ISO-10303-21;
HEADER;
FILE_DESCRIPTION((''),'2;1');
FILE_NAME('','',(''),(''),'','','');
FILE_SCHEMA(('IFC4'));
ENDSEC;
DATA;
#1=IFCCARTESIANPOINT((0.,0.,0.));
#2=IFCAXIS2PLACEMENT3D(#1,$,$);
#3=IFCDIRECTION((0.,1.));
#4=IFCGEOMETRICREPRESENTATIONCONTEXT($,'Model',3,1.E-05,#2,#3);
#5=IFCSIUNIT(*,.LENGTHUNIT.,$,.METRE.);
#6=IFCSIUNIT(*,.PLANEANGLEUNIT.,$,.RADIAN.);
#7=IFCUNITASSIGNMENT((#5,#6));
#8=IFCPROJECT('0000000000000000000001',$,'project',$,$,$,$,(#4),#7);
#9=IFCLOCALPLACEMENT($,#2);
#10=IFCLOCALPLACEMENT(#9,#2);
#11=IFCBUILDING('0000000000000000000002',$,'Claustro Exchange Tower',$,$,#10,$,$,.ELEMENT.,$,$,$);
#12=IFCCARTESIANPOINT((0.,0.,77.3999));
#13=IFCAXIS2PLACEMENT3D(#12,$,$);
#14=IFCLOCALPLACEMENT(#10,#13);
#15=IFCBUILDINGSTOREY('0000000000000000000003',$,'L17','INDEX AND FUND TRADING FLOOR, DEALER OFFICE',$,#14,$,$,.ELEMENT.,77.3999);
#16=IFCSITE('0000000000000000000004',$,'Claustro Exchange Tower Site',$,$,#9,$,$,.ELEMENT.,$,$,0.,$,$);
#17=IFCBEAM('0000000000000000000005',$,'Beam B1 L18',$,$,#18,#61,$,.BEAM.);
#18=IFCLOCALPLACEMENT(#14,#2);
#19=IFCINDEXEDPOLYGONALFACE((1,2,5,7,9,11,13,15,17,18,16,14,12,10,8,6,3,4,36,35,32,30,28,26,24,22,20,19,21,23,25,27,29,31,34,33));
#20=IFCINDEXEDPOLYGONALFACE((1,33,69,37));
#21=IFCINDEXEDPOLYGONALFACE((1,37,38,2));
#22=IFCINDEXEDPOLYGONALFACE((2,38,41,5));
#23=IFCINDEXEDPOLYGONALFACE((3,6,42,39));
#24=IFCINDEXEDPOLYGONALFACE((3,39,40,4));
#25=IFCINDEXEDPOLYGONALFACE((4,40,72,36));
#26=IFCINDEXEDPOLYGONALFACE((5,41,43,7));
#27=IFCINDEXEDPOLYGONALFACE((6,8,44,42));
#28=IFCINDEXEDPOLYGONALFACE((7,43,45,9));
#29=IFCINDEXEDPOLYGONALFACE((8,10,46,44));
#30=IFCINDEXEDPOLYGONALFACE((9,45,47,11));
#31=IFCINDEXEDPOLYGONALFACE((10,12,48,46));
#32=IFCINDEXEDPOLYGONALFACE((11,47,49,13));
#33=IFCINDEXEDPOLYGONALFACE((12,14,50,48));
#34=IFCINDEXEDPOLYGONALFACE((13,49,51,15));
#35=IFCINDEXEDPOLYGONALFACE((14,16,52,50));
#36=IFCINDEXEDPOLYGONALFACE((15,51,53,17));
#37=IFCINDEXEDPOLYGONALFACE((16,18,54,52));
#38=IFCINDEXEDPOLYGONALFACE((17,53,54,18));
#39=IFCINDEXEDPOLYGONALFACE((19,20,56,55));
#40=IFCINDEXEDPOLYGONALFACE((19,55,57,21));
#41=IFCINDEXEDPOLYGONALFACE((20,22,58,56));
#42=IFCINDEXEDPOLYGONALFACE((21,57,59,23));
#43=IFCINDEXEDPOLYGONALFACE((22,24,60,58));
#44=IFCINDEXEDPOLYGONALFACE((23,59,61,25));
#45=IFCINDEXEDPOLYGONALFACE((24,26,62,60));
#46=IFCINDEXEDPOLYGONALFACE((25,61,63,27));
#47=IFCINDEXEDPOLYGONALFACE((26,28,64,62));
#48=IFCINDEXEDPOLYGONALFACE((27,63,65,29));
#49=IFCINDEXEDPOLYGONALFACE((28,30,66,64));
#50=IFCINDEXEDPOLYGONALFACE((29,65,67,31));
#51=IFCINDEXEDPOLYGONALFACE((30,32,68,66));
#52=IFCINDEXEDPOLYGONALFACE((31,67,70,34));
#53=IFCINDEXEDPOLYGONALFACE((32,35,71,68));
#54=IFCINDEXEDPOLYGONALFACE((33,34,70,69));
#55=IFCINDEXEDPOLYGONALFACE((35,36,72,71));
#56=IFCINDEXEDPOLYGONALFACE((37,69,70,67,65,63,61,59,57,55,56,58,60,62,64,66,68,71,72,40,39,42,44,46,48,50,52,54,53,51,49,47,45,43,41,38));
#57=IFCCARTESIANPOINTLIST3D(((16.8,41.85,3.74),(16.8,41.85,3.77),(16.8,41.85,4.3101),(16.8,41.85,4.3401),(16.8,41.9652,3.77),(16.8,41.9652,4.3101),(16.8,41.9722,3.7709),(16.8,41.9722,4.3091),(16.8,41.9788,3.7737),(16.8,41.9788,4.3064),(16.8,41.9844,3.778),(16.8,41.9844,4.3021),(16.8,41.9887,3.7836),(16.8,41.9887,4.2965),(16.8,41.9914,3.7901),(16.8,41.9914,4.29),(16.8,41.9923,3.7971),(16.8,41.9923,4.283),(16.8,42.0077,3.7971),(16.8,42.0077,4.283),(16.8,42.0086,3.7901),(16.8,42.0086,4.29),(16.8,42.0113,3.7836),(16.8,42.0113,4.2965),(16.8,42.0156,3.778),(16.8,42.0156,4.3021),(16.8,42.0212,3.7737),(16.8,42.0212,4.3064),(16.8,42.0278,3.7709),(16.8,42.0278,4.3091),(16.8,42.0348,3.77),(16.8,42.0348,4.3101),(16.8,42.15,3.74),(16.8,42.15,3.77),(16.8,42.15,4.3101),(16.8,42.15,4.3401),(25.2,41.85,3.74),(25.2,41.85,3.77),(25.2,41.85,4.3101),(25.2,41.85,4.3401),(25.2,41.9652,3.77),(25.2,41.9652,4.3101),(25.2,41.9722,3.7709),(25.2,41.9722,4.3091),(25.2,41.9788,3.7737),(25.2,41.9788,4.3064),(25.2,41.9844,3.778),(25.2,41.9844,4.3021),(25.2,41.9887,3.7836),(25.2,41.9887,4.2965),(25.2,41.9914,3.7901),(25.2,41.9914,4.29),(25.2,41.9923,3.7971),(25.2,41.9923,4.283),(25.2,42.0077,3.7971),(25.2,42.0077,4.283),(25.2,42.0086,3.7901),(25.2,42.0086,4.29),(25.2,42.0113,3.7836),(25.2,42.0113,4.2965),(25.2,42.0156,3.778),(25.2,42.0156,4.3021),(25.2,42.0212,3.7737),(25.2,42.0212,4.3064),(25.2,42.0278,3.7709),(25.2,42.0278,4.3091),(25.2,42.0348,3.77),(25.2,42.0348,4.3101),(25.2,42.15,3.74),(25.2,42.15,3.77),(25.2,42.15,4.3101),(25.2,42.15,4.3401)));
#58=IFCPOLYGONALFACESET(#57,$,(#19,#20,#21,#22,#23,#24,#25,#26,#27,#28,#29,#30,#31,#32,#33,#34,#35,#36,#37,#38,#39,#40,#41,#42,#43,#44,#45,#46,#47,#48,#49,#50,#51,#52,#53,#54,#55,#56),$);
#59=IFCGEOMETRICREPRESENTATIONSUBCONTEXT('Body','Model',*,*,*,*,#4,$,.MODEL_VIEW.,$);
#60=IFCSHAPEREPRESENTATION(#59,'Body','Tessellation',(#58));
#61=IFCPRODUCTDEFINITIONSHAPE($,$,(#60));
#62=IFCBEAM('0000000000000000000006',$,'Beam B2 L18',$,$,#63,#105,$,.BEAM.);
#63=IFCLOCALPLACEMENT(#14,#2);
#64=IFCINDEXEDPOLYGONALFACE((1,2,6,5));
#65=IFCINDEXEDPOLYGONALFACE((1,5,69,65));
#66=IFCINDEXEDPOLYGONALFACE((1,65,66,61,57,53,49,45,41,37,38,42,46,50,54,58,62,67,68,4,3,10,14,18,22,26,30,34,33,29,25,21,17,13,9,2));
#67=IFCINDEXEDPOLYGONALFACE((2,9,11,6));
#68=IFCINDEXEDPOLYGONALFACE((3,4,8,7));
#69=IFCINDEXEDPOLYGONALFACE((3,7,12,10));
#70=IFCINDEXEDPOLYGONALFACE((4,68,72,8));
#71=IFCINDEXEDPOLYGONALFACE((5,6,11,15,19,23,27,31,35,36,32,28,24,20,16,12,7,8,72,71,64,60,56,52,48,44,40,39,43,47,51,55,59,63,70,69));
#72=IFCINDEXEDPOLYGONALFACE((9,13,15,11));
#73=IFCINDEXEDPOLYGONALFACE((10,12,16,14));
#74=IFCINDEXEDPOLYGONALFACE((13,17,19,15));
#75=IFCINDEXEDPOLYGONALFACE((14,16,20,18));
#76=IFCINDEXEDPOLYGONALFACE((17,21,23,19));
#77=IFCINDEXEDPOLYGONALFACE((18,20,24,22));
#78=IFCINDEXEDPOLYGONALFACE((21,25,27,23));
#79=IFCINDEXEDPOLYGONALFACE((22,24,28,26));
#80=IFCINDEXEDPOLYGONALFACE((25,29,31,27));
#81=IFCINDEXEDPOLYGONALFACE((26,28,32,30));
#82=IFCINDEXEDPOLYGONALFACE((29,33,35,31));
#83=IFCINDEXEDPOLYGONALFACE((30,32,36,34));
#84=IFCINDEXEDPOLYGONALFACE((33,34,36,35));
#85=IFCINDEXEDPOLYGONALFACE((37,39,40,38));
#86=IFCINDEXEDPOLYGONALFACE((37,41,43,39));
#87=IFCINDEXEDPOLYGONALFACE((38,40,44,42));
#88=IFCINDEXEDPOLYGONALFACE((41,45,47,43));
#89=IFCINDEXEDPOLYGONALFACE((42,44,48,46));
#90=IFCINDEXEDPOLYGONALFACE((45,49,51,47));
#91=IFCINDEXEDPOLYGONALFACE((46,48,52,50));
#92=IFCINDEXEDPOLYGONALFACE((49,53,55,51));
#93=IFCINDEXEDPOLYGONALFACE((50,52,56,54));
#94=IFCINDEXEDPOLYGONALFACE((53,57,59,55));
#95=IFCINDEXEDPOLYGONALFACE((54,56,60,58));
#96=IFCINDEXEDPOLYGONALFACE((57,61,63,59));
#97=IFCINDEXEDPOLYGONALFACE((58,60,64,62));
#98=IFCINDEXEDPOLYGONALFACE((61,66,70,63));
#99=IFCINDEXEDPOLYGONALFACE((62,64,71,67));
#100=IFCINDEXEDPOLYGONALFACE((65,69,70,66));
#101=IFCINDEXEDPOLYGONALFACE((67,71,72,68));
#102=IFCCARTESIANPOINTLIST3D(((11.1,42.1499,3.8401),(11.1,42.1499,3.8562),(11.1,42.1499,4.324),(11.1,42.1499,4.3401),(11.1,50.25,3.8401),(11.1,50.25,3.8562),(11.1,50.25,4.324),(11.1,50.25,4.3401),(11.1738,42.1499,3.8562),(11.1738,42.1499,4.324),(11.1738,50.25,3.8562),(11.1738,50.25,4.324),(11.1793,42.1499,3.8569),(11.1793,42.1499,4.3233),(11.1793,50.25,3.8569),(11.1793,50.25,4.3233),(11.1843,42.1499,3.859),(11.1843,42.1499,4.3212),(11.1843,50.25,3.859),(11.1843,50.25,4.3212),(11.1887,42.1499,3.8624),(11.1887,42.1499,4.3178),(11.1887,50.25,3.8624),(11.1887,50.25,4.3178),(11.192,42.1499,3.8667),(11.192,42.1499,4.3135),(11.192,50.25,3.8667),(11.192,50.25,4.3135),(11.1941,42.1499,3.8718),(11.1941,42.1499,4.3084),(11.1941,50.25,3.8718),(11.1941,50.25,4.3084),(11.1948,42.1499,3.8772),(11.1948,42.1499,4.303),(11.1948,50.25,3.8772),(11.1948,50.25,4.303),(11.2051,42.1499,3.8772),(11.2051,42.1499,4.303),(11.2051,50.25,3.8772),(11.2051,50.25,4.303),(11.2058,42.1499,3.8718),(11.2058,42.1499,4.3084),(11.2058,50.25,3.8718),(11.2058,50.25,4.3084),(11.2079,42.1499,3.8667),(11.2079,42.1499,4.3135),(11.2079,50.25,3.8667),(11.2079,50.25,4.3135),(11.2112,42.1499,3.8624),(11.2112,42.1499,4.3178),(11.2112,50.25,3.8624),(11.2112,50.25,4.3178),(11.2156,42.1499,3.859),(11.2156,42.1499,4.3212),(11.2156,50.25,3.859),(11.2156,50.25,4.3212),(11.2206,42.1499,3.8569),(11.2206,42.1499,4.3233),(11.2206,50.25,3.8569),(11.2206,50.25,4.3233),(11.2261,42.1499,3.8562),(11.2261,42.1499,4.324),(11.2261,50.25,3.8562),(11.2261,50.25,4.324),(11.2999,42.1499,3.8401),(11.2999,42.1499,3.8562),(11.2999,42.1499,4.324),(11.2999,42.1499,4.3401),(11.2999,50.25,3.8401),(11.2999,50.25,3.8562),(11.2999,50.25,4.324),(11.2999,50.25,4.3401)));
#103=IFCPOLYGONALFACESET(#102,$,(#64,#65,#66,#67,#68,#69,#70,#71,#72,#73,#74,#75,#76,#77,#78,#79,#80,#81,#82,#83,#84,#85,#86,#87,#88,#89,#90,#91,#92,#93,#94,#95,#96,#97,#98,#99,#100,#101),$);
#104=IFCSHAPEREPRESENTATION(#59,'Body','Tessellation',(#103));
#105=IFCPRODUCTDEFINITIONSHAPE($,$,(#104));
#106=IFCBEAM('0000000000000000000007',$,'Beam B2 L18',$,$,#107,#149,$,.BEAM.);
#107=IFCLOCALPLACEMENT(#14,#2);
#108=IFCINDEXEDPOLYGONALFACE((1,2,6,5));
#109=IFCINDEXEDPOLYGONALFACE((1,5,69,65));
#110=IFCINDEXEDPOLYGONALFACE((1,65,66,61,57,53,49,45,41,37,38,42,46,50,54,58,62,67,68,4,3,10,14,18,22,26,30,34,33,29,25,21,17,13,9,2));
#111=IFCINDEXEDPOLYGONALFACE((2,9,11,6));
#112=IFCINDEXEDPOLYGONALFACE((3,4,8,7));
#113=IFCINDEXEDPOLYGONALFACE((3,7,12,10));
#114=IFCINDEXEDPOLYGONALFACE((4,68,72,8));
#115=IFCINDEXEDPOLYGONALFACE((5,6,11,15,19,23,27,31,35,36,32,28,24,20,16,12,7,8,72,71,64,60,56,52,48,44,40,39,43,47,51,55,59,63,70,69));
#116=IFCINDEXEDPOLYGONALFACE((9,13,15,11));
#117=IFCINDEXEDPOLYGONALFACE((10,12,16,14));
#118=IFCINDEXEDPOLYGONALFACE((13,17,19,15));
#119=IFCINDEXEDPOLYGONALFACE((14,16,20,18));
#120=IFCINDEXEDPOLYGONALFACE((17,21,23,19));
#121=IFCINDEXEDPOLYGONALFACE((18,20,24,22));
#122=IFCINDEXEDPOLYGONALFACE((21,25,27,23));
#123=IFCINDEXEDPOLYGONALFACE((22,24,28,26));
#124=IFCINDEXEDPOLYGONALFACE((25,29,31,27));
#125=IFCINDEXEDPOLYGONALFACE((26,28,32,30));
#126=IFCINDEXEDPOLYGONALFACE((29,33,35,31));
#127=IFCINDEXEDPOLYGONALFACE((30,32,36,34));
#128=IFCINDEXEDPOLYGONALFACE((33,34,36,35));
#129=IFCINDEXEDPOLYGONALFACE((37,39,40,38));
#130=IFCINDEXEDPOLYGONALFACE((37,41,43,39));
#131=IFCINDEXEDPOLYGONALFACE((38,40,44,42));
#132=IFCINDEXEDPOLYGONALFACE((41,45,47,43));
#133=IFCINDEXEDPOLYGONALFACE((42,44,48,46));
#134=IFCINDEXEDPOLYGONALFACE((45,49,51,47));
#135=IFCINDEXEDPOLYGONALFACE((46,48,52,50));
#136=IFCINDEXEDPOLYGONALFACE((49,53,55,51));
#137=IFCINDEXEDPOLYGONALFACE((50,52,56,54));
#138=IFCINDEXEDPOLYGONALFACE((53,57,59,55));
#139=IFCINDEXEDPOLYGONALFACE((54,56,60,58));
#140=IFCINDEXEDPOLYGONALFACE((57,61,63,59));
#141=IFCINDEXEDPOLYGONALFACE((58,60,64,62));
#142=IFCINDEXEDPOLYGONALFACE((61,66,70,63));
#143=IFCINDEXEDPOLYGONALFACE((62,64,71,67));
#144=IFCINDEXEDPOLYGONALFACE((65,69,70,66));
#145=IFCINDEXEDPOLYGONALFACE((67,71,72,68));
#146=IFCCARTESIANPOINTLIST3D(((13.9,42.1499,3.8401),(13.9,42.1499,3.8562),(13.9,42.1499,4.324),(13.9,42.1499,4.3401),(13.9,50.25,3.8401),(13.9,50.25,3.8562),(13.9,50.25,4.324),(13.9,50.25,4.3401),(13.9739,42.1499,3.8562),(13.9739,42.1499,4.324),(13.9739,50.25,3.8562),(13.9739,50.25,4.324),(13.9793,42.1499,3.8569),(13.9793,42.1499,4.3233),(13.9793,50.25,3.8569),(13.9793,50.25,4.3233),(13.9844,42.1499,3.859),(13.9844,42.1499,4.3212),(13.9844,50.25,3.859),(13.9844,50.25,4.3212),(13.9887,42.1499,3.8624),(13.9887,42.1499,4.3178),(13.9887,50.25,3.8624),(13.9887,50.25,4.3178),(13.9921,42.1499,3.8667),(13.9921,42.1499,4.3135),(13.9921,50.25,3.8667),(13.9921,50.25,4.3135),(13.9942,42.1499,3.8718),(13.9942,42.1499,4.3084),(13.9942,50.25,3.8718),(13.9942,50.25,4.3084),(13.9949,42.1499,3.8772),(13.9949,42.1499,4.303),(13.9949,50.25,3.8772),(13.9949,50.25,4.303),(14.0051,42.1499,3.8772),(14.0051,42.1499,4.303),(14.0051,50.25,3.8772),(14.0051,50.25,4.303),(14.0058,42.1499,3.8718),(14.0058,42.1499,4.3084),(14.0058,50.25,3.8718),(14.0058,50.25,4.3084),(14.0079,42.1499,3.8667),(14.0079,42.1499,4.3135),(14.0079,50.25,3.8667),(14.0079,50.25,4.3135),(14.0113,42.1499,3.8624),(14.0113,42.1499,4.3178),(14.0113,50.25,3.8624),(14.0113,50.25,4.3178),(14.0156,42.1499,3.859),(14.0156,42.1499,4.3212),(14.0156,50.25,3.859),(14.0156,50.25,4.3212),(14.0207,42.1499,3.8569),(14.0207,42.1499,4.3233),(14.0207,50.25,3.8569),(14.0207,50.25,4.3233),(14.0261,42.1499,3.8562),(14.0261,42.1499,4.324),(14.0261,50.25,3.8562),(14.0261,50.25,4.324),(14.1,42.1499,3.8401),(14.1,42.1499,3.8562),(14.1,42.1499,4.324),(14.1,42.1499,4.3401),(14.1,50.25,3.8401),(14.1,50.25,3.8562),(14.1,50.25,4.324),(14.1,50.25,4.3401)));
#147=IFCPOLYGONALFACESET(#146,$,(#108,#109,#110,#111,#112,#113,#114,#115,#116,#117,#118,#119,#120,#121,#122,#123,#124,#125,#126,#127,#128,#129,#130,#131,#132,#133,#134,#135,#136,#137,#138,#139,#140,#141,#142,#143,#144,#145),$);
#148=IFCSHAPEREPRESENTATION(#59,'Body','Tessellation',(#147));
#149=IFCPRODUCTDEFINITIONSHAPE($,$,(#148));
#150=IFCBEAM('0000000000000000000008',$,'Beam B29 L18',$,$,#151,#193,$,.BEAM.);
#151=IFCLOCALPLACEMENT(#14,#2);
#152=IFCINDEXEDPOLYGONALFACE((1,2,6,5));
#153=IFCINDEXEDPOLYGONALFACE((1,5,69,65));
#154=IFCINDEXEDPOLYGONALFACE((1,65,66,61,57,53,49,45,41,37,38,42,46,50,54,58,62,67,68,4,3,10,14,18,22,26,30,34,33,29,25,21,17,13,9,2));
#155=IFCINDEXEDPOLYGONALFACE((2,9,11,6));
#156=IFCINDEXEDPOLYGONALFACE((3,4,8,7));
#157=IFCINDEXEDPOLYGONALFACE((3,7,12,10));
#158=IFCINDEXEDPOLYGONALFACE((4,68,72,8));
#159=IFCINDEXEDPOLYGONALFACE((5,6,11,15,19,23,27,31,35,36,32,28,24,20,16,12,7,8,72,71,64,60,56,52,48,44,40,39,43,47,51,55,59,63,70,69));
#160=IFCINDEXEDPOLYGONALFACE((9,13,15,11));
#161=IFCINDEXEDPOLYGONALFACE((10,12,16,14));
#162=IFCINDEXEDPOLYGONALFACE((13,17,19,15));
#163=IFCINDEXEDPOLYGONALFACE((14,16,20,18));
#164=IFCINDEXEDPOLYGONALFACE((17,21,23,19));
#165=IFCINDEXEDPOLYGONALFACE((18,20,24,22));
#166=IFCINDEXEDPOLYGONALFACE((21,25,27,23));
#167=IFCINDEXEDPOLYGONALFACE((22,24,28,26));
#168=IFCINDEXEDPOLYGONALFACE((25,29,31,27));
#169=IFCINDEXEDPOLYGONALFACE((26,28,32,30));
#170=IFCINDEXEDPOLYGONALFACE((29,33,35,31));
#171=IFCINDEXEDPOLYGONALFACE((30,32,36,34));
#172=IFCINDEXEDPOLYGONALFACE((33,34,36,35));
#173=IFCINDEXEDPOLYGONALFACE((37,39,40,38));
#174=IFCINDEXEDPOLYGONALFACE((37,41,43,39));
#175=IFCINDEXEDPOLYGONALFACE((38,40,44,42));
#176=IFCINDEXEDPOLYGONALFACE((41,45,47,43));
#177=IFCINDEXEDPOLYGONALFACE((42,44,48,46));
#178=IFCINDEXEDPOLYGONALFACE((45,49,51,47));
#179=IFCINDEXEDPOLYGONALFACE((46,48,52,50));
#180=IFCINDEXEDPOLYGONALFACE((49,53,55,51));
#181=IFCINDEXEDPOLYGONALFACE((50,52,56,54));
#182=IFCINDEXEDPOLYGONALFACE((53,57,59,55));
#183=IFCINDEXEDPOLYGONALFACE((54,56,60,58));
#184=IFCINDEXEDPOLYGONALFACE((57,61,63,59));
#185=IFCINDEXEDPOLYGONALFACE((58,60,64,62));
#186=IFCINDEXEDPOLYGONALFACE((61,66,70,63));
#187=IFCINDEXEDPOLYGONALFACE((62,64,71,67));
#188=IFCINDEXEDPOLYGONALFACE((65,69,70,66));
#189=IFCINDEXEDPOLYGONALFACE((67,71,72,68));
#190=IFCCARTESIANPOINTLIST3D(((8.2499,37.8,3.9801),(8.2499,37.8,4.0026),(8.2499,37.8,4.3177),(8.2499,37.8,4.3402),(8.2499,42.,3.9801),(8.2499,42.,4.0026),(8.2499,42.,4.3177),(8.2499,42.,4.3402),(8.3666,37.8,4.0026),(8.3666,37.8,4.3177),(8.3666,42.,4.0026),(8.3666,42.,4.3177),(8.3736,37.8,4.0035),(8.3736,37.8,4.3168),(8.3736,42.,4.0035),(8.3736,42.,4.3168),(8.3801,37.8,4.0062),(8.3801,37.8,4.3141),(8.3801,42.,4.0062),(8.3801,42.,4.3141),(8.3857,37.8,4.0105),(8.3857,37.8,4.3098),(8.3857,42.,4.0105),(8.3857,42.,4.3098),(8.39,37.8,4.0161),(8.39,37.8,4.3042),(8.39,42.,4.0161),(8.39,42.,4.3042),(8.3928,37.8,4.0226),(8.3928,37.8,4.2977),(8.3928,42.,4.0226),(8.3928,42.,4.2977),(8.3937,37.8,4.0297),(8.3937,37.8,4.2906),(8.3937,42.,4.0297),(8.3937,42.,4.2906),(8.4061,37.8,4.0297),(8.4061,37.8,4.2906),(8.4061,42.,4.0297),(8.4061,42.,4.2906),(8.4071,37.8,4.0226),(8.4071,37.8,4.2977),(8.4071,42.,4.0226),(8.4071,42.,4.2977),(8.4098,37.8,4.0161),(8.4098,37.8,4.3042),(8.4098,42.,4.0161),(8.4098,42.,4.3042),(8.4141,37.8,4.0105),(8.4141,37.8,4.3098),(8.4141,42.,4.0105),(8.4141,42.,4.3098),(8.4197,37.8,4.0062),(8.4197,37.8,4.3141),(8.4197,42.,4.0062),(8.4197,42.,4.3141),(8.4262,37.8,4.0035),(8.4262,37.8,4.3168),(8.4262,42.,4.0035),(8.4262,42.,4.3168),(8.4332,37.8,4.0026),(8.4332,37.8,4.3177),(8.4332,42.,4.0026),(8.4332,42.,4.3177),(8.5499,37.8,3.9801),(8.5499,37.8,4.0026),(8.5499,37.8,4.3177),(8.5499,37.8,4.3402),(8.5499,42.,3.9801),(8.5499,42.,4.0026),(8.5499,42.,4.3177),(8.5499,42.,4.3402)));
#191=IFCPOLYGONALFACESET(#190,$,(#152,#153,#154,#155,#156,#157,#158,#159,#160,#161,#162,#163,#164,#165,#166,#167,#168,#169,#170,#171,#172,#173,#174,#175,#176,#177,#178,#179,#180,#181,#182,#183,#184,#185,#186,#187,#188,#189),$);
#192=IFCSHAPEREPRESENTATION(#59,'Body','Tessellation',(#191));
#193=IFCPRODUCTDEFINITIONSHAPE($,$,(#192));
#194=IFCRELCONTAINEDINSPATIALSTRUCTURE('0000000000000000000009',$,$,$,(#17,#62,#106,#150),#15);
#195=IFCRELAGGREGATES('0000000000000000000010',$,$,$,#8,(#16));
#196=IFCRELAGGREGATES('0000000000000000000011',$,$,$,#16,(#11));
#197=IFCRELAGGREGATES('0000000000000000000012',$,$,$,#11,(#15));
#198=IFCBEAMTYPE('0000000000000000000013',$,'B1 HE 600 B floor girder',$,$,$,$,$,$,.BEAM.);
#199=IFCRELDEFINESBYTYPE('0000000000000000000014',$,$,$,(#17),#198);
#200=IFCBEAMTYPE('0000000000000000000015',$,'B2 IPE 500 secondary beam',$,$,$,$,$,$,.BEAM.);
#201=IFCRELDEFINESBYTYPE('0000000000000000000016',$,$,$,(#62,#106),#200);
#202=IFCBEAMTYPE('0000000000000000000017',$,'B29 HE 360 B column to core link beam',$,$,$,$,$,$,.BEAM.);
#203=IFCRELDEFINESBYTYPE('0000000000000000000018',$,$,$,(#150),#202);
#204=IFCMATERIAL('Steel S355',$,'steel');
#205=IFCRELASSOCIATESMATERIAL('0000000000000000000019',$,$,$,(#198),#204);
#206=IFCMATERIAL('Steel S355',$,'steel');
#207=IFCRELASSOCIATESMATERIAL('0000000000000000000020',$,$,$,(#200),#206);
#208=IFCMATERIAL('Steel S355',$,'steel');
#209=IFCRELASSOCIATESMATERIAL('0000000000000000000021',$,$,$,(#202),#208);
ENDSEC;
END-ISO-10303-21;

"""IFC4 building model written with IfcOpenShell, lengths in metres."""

from ifc_helpers import new_model, si_unit, direction, frame, origin, origin_2d, place, context, subcontext, project, spatial, i_section, extrude, material, material_profile, profile_set, type_object, element, save


model = new_model("IFC4")

# Units and contexts
model_context = context("Model", 3, precision=1e-05, world=origin(), true_north=direction((0.0, 1.0)))
body_context = subcontext(model_context, "Body", "Model", "MODEL_VIEW")
ifc_project = project(units=[si_unit("LENGTHUNIT", "METRE"), si_unit("PLANEANGLEUNIT", "RADIAN")], contexts=[model_context])

# Site, building, storey
site_placement = place(None, origin())
site = spatial("IfcSite", under=ifc_project, at=site_placement, Name="Claustro Exchange Tower Site", CompositionType="ELEMENT", RefElevation=0.0)
building_placement = place(site_placement, origin())
building = spatial("IfcBuilding", under=site, at=building_placement, Name="Claustro Exchange Tower", CompositionType="ELEMENT")
storey_placement = place(building_placement, frame((0.0, 0.0, 77.3999)))
storey = spatial("IfcBuildingStorey", under=building, at=storey_placement, Name="L17", Description="INDEX AND FUND TRADING FLOOR, DEALER OFFICE", CompositionType="ELEMENT", Elevation=77.3999)

# Beams
ifc_material_1 = material(Name="Steel S355", Category="steel")
ifc_material_profile_1 = material_profile(ifc_material_1, i_section(OverallWidth=0.3, OverallDepth=0.6001, WebThickness=0.0154, FlangeThickness=0.03, FilletRadius=0.0271, at=origin_2d()), Name="HE 600 B")
ifc_profile_set_1 = profile_set([ifc_material_profile_1], Name="Steel S355")
beam_type_1 = type_object("IfcBeamType", Name="B1 HE 600 B floor girder", PredefinedType="BEAM", material=ifc_profile_set_1)
beam_1_placement = place(storey_placement, frame((16.8, 42.0, 4.04), z_axis=(1.0, 0.0, 0.0), x_axis=(0.0, 1.0, 0.0)))
element("IfcBeam", 1, at=beam_1_placement, inside=storey, type_object=beam_type_1, Name="Beam B1 L18", PredefinedType="BEAM", context=body_context, shape_type="SweptSolid", body=[
    extrude(i_section(OverallWidth=0.3, OverallDepth=0.6001, WebThickness=0.0154, FlangeThickness=0.03, FilletRadius=0.0271, at=origin_2d()), origin(), (0.0, 0.0, 1.0), 8.3999),
])
ifc_material_2 = material(Name="Steel S355", Category="steel")
ifc_material_profile_2 = material_profile(ifc_material_2, i_section(OverallWidth=0.2, OverallDepth=0.5, WebThickness=0.0103, FlangeThickness=0.0161, FilletRadius=0.021, at=origin_2d()), Name="IPE 500")
ifc_profile_set_2 = profile_set([ifc_material_profile_2], Name="Steel S355")
beam_type_2 = type_object("IfcBeamType", Name="B2 IPE 500 secondary beam", PredefinedType="BEAM", material=ifc_profile_set_2)
for number, where, z_axis, x_axis, name in (
    (2, (11.2, 42.1499, 4.0901), (0.0, 1.0, 0.0), (-1.0, 0.0, 0.0), "Beam B2 L18"),
    (3, (14.0, 42.1499, 4.0901), (0.0, 1.0, 0.0), (-1.0, 0.0, 0.0), "Beam B2 L18"),
):
    element("IfcBeam", number, at=place(storey_placement, frame(where, z_axis=z_axis, x_axis=x_axis)), inside=storey, type_object=beam_type_2, Name=name, PredefinedType="BEAM", context=body_context, shape_type="SweptSolid", body=[
        extrude(i_section(OverallWidth=0.2, OverallDepth=0.5, WebThickness=0.0103, FlangeThickness=0.0161, FilletRadius=0.021, at=origin_2d()), origin(), (0.0, 0.0, 1.0), 8.1001),
    ])
ifc_material_3 = material(Name="Steel S355", Category="steel")
ifc_material_profile_3 = material_profile(ifc_material_3, i_section(OverallWidth=0.3, OverallDepth=0.3601, WebThickness=0.0125, FlangeThickness=0.0225, FilletRadius=0.0271, at=origin_2d()), Name="HE 360 B")
ifc_profile_set_3 = profile_set([ifc_material_profile_3], Name="Steel S355")
beam_type_3 = type_object("IfcBeamType", Name="B29 HE 360 B column to core link beam", PredefinedType="BEAM", material=ifc_profile_set_3)
for number, where, z_axis, x_axis, name in (
    (4, (8.3999, 37.8, 4.1602), (0.0, 1.0, 0.0), (-1.0, 0.0, 0.0), "Beam B29 L18"),
):
    element("IfcBeam", number, at=place(storey_placement, frame(where, z_axis=z_axis, x_axis=x_axis)), inside=storey, type_object=beam_type_3, Name=name, PredefinedType="BEAM", context=body_context, shape_type="SweptSolid", body=[
        extrude(i_section(OverallWidth=0.3, OverallDepth=0.3601, WebThickness=0.0125, FlangeThickness=0.0225, FilletRadius=0.0271, at=origin_2d()), origin(), (0.0, 0.0, 1.0), 4.2),
    ])

save(model, "model.ifc")
